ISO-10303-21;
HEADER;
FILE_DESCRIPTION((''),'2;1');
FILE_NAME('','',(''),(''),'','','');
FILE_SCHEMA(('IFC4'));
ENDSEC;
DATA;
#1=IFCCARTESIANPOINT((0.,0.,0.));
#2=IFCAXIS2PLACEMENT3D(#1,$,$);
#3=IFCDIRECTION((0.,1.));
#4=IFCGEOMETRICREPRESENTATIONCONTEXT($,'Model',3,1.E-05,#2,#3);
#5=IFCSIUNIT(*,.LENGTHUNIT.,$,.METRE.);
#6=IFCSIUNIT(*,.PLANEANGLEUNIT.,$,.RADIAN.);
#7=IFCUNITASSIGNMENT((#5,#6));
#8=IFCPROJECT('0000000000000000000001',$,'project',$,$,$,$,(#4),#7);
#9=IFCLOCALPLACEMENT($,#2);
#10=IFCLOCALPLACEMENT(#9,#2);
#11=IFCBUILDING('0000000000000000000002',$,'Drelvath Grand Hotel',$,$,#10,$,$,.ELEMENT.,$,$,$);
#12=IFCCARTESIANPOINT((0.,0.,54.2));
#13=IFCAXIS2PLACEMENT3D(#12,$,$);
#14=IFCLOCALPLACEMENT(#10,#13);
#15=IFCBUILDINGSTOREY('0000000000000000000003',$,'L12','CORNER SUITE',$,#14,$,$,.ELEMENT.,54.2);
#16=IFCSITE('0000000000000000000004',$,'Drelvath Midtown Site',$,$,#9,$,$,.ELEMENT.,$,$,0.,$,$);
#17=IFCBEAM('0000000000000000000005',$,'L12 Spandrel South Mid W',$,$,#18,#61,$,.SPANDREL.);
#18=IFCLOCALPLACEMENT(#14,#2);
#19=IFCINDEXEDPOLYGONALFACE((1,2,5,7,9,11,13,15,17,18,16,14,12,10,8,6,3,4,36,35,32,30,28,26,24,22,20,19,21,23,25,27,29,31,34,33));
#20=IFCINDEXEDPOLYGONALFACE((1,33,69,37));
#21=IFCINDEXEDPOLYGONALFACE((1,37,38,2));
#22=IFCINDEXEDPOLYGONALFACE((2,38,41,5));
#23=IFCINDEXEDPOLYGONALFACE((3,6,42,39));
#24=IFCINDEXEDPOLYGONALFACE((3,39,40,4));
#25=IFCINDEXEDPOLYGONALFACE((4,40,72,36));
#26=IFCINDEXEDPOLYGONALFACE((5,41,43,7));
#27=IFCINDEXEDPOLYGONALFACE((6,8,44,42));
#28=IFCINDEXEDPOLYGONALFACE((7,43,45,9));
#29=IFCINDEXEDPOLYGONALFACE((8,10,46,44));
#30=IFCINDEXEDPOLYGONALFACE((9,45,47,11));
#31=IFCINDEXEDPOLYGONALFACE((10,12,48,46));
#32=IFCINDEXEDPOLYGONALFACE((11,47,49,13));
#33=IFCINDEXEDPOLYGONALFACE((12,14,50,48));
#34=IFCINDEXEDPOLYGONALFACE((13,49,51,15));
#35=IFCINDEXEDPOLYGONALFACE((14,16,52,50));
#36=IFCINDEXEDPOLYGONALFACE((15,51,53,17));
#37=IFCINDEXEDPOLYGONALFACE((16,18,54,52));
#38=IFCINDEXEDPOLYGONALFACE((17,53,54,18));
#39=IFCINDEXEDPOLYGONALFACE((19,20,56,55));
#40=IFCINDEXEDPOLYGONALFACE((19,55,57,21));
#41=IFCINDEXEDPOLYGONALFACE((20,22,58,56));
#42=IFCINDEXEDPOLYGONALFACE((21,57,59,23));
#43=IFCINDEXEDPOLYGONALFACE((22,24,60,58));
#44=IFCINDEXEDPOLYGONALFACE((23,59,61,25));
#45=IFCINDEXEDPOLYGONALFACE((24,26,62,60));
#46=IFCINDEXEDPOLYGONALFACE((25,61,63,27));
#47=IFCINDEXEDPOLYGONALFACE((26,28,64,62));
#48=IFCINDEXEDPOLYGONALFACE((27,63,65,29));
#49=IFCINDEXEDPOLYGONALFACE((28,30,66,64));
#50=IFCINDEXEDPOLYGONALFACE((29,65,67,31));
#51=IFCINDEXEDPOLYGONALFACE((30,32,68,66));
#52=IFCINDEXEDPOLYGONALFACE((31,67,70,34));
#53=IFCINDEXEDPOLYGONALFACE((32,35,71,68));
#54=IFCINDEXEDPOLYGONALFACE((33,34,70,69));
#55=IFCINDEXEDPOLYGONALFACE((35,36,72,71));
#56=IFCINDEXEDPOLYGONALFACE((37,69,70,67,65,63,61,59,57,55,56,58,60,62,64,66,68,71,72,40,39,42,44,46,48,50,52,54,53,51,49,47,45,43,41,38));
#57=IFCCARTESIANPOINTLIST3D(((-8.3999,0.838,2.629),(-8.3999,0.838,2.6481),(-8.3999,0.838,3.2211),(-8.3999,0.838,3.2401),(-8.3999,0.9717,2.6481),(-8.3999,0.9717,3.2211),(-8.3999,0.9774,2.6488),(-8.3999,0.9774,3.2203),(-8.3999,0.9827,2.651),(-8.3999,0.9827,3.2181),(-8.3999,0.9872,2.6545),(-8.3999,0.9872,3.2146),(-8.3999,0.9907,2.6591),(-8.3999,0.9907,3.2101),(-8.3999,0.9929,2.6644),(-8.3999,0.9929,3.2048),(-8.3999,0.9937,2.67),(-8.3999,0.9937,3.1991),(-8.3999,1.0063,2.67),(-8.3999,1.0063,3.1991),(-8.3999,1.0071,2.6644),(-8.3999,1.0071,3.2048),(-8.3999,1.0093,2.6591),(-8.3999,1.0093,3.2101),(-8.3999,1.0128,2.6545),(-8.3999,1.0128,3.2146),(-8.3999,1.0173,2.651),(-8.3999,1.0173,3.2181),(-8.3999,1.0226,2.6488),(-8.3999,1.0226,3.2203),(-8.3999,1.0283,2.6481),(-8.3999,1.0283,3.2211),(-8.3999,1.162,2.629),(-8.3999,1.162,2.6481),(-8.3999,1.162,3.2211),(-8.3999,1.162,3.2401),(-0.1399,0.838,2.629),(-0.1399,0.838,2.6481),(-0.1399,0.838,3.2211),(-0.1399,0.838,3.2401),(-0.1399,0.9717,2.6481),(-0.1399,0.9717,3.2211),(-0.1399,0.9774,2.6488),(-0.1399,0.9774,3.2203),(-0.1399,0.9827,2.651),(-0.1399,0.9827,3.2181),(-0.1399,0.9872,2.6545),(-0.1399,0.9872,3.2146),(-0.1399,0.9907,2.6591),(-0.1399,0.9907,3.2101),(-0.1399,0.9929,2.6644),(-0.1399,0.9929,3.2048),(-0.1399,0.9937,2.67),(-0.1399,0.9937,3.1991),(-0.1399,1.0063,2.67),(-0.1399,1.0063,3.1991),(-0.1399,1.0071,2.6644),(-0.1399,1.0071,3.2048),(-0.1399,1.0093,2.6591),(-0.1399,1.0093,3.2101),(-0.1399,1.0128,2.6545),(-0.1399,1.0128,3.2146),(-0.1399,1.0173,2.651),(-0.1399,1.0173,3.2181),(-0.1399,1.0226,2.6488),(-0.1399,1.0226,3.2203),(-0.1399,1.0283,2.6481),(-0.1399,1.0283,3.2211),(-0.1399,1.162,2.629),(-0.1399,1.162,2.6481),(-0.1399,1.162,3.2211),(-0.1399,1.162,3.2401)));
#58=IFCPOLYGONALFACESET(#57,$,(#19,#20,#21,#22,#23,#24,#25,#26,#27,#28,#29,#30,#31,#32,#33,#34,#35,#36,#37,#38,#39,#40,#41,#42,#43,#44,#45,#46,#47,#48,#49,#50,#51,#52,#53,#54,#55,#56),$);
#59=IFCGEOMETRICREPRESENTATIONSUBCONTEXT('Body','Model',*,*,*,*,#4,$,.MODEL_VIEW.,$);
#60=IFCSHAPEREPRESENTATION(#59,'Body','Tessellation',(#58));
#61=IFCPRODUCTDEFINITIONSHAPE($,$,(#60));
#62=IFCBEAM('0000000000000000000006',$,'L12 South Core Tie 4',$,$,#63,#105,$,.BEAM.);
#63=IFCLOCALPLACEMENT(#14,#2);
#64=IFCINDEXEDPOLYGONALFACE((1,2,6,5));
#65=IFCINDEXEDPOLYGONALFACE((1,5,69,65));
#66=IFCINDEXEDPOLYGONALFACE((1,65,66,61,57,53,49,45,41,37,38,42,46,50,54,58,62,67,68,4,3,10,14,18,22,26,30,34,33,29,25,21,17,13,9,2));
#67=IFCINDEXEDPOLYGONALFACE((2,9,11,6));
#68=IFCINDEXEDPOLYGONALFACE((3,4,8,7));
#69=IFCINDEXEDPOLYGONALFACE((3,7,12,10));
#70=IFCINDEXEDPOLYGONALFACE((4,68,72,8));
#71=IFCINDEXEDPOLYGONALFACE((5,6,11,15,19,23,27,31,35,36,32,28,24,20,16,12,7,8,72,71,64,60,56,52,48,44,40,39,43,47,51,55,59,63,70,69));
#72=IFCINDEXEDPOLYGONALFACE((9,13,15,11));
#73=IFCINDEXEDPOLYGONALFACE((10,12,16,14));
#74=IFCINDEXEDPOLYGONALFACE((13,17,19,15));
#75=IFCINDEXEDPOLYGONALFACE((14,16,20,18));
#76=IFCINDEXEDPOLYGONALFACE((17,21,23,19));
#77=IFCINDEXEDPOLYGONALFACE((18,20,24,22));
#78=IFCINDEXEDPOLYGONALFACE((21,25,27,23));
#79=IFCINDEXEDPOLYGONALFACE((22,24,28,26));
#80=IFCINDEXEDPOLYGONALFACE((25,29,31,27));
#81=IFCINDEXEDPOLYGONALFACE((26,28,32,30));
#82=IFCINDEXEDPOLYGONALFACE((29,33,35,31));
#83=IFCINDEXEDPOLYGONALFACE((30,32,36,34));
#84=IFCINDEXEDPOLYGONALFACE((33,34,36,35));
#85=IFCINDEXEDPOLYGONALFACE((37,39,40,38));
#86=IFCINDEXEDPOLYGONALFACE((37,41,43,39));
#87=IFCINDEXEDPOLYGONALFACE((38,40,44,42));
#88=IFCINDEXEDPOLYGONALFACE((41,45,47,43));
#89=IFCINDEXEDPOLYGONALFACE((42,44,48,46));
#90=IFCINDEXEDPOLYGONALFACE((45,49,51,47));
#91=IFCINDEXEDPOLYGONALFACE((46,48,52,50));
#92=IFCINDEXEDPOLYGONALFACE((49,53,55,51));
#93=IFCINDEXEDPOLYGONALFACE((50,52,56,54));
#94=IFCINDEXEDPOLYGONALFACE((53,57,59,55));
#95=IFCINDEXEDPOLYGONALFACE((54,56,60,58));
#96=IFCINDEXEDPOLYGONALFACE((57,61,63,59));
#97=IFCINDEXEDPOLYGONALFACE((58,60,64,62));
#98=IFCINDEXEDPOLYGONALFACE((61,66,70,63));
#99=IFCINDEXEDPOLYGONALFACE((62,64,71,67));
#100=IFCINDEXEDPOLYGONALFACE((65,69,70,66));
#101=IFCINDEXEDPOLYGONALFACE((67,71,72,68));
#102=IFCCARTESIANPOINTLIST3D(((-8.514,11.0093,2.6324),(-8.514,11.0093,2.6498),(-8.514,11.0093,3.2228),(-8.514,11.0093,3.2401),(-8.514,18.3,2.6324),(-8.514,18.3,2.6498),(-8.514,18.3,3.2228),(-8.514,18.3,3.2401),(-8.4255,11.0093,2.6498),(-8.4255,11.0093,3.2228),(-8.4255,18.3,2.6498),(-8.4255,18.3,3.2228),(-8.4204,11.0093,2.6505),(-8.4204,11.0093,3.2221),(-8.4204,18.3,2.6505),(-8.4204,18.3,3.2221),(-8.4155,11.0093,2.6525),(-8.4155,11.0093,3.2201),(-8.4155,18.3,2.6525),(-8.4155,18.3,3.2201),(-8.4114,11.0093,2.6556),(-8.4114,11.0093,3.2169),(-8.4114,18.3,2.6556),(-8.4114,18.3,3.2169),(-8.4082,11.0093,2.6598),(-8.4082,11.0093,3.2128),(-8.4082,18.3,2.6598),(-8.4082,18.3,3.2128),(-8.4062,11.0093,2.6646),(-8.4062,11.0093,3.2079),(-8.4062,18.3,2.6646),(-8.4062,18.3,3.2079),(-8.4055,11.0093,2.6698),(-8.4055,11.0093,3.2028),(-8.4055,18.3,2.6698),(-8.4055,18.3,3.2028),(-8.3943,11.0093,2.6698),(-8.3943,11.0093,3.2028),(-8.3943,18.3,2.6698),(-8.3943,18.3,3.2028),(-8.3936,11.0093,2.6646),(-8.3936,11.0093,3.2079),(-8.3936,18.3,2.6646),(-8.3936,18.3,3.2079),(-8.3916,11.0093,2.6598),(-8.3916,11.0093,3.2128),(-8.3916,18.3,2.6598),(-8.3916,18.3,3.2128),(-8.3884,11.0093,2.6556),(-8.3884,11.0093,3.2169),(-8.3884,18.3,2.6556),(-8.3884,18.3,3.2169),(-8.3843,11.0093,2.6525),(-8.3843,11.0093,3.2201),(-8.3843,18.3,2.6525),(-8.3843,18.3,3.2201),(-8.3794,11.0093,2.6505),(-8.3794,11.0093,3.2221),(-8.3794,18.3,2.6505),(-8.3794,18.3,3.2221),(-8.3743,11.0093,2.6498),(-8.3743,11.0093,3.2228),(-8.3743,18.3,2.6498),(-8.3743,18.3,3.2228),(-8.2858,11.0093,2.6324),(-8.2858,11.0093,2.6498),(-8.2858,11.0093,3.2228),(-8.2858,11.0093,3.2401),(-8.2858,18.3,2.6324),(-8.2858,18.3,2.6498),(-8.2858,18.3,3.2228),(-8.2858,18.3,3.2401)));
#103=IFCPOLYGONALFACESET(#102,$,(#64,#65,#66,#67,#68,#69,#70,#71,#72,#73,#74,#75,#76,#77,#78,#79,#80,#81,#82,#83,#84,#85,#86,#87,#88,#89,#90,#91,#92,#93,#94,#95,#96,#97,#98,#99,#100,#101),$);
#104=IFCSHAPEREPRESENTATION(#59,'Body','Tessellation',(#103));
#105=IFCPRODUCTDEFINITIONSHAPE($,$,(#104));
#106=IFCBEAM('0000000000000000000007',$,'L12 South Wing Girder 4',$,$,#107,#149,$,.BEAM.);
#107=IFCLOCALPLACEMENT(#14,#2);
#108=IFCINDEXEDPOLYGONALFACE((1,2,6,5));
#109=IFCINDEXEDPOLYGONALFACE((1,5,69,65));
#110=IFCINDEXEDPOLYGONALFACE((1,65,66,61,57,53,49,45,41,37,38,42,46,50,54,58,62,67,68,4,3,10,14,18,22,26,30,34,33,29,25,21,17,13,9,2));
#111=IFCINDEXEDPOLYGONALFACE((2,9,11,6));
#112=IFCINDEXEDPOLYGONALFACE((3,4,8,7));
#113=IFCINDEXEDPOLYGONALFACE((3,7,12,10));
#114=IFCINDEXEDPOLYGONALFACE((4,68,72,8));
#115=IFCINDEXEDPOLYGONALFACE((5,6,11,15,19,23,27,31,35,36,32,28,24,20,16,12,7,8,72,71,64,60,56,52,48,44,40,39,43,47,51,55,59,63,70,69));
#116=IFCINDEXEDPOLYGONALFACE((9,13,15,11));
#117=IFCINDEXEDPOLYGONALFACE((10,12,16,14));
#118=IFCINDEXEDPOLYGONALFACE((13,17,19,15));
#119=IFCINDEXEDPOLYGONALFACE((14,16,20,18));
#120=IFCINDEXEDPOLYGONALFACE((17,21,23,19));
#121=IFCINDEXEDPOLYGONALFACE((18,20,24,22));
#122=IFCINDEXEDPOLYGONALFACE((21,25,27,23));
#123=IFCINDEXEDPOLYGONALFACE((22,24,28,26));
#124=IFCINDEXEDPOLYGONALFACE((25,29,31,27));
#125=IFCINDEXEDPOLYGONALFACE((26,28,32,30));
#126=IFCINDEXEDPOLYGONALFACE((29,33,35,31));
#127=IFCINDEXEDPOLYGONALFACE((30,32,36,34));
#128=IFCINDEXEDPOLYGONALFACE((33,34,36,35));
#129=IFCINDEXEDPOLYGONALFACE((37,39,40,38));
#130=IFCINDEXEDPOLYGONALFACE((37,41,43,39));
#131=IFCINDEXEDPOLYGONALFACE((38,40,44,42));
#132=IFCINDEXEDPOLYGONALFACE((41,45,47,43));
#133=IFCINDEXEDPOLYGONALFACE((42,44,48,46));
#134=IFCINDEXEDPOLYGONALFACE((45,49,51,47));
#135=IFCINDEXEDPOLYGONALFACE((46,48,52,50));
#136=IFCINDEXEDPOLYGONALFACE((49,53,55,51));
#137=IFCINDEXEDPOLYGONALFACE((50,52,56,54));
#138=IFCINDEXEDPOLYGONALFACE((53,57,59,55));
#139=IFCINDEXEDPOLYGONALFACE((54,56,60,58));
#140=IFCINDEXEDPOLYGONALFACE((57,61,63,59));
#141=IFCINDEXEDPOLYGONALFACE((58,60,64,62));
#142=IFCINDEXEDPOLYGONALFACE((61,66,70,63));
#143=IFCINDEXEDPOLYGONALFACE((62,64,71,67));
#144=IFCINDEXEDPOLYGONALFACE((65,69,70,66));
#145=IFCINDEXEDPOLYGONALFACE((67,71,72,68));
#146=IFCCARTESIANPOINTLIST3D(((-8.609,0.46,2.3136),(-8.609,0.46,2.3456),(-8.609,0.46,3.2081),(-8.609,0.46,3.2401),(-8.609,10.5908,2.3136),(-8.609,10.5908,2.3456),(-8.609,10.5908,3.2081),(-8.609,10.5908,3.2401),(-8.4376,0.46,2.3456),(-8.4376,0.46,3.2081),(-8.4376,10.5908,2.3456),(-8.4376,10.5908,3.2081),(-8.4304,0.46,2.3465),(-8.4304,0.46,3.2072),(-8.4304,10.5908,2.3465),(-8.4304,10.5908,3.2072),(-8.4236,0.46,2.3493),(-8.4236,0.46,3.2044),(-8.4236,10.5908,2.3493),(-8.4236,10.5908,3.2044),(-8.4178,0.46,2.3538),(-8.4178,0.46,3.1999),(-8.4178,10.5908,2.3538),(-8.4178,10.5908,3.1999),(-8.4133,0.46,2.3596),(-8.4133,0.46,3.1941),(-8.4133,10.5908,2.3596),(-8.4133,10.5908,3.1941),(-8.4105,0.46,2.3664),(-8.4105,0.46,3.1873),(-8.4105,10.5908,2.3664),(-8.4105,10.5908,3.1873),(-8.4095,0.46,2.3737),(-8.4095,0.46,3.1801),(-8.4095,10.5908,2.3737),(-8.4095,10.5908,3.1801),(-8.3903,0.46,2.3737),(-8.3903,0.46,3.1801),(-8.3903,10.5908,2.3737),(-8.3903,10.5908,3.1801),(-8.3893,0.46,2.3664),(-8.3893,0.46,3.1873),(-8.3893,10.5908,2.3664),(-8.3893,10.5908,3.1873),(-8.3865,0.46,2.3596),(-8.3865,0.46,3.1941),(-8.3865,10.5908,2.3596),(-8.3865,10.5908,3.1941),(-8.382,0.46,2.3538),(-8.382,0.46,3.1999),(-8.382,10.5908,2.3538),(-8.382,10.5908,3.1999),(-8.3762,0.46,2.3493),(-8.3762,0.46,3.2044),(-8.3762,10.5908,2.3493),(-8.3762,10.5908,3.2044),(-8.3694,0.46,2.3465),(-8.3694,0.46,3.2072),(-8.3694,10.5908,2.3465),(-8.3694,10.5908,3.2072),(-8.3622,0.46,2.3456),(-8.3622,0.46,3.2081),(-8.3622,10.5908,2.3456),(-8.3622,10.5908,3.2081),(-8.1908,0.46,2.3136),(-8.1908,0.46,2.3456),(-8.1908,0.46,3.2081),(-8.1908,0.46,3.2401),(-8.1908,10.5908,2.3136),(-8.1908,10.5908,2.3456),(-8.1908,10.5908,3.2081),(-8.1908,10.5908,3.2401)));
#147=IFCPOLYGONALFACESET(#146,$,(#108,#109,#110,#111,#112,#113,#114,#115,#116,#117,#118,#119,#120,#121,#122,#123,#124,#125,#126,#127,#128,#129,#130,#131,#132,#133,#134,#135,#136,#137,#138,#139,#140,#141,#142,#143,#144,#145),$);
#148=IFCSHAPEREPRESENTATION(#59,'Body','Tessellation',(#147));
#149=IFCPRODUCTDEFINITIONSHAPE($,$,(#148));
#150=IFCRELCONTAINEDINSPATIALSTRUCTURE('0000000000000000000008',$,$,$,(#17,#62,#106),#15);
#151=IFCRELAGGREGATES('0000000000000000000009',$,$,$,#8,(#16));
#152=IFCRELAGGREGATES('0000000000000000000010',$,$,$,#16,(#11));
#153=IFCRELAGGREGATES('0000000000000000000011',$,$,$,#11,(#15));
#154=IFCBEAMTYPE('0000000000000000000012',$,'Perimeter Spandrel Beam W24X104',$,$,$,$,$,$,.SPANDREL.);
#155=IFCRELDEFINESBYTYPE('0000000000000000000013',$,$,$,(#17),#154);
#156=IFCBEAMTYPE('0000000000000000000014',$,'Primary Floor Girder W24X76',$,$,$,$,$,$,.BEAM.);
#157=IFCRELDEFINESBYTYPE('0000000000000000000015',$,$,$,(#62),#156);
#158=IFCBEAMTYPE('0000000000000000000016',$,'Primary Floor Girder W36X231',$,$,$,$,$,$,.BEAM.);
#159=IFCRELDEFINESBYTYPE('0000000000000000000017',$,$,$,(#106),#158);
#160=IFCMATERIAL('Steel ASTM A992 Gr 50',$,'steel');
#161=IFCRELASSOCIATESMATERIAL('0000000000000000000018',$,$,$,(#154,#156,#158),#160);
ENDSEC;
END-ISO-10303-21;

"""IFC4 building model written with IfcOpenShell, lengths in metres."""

from ifc_helpers import new_model, si_unit, direction, frame, origin, origin_2d, place, context, subcontext, project, spatial, i_section, extrude, material, material_profile, profile_set, type_object, element, save


model = new_model("IFC4")

# Units and contexts
model_context = context("Model", 3, precision=1e-05, world=origin(), true_north=direction((0.0, 1.0)))
body_context = subcontext(model_context, "Body", "Model", "MODEL_VIEW")
ifc_project = project(units=[si_unit("LENGTHUNIT", "METRE"), si_unit("PLANEANGLEUNIT", "RADIAN")], contexts=[model_context])

# Site, building, storey
site_placement = place(None, origin())
site = spatial("IfcSite", under=ifc_project, at=site_placement, Name="Drelvath Midtown Site", CompositionType="ELEMENT", RefElevation=0.0)
building_placement = place(site_placement, origin())
building = spatial("IfcBuilding", under=site, at=building_placement, Name="Drelvath Grand Hotel", CompositionType="ELEMENT")
storey_placement = place(building_placement, frame((0.0, 0.0, 54.2)))
storey = spatial("IfcBuildingStorey", under=building, at=storey_placement, Name="L12", Description="CORNER SUITE", CompositionType="ELEMENT", Elevation=54.2)

# Shared definitions
ifc_material_1 = material(Name="Steel ASTM A992 Gr 50", Category="steel")

# Beams
ifc_material_profile_1 = material_profile(ifc_material_1, i_section(OverallWidth=0.324, OverallDepth=0.6111, WebThickness=0.0127, FlangeThickness=0.019, FilletRadius=0.022, at=origin_2d()), Name="W24X104")
ifc_profile_set_1 = profile_set([ifc_material_profile_1], Name="Steel ASTM A992 Gr 50")
beam_type_1 = type_object("IfcBeamType", Name="Perimeter Spandrel Beam W24X104", PredefinedType="SPANDREL", material=ifc_profile_set_1)
beam_1_placement = place(storey_placement, frame((-8.3999, 1.0, 2.9346), z_axis=(1.0, 0.0, 0.0), x_axis=(0.0, 1.0, 0.0)))
element("IfcBeam", 1, at=beam_1_placement, inside=storey, type_object=beam_type_1, Name="L12 Spandrel South Mid W", PredefinedType="SPANDREL", context=body_context, shape_type="SweptSolid", body=[
    extrude(i_section(OverallWidth=0.324, OverallDepth=0.6111, WebThickness=0.0127, FlangeThickness=0.019, FilletRadius=0.022, at=origin_2d()), origin(), (0.0, 0.0, 1.0), 8.26),
])
ifc_material_profile_2 = material_profile(ifc_material_1, i_section(OverallWidth=0.2283, OverallDepth=0.6077, WebThickness=0.0112, FlangeThickness=0.0173, FilletRadius=0.02, at=origin_2d()), Name="W24X76")
ifc_profile_set_2 = profile_set([ifc_material_profile_2], Name="Steel ASTM A992 Gr 50")
beam_type_2 = type_object("IfcBeamType", Name="Primary Floor Girder W24X76", PredefinedType="BEAM", material=ifc_profile_set_2)
beam_2_placement = place(storey_placement, frame((-8.3999, 11.0093, 2.9363), z_axis=(0.0, 1.0, 0.0), x_axis=(-1.0, 0.0, 0.0)))
element("IfcBeam", 2, at=beam_2_placement, inside=storey, type_object=beam_type_2, Name="L12 South Core Tie 4", PredefinedType="BEAM", context=body_context, shape_type="SweptSolid", body=[
    extrude(i_section(OverallWidth=0.2283, OverallDepth=0.6077, WebThickness=0.0112, FlangeThickness=0.0173, FilletRadius=0.02, at=origin_2d()), origin(), (0.0, 0.0, 1.0), 7.2908),
])
ifc_material_profile_3 = material_profile(ifc_material_1, i_section(OverallWidth=0.4182, OverallDepth=0.9265, WebThickness=0.0193, FlangeThickness=0.032, FilletRadius=0.0281, at=origin_2d()), Name="W36X231")
ifc_profile_set_3 = profile_set([ifc_material_profile_3], Name="Steel ASTM A992 Gr 50")
beam_type_3 = type_object("IfcBeamType", Name="Primary Floor Girder W36X231", PredefinedType="BEAM", material=ifc_profile_set_3)
beam_3_placement = place(storey_placement, frame((-8.3999, 0.46, 2.7769), z_axis=(0.0, 1.0, 0.0), x_axis=(-1.0, 0.0, 0.0)))
element("IfcBeam", 3, at=beam_3_placement, inside=storey, type_object=beam_type_3, Name="L12 South Wing Girder 4", PredefinedType="BEAM", context=body_context, shape_type="SweptSolid", body=[
    extrude(i_section(OverallWidth=0.4182, OverallDepth=0.9265, WebThickness=0.0193, FlangeThickness=0.032, FilletRadius=0.0281, at=origin_2d()), origin(), (0.0, 0.0, 1.0), 10.1309),
])

save(model, "model.ifc")
